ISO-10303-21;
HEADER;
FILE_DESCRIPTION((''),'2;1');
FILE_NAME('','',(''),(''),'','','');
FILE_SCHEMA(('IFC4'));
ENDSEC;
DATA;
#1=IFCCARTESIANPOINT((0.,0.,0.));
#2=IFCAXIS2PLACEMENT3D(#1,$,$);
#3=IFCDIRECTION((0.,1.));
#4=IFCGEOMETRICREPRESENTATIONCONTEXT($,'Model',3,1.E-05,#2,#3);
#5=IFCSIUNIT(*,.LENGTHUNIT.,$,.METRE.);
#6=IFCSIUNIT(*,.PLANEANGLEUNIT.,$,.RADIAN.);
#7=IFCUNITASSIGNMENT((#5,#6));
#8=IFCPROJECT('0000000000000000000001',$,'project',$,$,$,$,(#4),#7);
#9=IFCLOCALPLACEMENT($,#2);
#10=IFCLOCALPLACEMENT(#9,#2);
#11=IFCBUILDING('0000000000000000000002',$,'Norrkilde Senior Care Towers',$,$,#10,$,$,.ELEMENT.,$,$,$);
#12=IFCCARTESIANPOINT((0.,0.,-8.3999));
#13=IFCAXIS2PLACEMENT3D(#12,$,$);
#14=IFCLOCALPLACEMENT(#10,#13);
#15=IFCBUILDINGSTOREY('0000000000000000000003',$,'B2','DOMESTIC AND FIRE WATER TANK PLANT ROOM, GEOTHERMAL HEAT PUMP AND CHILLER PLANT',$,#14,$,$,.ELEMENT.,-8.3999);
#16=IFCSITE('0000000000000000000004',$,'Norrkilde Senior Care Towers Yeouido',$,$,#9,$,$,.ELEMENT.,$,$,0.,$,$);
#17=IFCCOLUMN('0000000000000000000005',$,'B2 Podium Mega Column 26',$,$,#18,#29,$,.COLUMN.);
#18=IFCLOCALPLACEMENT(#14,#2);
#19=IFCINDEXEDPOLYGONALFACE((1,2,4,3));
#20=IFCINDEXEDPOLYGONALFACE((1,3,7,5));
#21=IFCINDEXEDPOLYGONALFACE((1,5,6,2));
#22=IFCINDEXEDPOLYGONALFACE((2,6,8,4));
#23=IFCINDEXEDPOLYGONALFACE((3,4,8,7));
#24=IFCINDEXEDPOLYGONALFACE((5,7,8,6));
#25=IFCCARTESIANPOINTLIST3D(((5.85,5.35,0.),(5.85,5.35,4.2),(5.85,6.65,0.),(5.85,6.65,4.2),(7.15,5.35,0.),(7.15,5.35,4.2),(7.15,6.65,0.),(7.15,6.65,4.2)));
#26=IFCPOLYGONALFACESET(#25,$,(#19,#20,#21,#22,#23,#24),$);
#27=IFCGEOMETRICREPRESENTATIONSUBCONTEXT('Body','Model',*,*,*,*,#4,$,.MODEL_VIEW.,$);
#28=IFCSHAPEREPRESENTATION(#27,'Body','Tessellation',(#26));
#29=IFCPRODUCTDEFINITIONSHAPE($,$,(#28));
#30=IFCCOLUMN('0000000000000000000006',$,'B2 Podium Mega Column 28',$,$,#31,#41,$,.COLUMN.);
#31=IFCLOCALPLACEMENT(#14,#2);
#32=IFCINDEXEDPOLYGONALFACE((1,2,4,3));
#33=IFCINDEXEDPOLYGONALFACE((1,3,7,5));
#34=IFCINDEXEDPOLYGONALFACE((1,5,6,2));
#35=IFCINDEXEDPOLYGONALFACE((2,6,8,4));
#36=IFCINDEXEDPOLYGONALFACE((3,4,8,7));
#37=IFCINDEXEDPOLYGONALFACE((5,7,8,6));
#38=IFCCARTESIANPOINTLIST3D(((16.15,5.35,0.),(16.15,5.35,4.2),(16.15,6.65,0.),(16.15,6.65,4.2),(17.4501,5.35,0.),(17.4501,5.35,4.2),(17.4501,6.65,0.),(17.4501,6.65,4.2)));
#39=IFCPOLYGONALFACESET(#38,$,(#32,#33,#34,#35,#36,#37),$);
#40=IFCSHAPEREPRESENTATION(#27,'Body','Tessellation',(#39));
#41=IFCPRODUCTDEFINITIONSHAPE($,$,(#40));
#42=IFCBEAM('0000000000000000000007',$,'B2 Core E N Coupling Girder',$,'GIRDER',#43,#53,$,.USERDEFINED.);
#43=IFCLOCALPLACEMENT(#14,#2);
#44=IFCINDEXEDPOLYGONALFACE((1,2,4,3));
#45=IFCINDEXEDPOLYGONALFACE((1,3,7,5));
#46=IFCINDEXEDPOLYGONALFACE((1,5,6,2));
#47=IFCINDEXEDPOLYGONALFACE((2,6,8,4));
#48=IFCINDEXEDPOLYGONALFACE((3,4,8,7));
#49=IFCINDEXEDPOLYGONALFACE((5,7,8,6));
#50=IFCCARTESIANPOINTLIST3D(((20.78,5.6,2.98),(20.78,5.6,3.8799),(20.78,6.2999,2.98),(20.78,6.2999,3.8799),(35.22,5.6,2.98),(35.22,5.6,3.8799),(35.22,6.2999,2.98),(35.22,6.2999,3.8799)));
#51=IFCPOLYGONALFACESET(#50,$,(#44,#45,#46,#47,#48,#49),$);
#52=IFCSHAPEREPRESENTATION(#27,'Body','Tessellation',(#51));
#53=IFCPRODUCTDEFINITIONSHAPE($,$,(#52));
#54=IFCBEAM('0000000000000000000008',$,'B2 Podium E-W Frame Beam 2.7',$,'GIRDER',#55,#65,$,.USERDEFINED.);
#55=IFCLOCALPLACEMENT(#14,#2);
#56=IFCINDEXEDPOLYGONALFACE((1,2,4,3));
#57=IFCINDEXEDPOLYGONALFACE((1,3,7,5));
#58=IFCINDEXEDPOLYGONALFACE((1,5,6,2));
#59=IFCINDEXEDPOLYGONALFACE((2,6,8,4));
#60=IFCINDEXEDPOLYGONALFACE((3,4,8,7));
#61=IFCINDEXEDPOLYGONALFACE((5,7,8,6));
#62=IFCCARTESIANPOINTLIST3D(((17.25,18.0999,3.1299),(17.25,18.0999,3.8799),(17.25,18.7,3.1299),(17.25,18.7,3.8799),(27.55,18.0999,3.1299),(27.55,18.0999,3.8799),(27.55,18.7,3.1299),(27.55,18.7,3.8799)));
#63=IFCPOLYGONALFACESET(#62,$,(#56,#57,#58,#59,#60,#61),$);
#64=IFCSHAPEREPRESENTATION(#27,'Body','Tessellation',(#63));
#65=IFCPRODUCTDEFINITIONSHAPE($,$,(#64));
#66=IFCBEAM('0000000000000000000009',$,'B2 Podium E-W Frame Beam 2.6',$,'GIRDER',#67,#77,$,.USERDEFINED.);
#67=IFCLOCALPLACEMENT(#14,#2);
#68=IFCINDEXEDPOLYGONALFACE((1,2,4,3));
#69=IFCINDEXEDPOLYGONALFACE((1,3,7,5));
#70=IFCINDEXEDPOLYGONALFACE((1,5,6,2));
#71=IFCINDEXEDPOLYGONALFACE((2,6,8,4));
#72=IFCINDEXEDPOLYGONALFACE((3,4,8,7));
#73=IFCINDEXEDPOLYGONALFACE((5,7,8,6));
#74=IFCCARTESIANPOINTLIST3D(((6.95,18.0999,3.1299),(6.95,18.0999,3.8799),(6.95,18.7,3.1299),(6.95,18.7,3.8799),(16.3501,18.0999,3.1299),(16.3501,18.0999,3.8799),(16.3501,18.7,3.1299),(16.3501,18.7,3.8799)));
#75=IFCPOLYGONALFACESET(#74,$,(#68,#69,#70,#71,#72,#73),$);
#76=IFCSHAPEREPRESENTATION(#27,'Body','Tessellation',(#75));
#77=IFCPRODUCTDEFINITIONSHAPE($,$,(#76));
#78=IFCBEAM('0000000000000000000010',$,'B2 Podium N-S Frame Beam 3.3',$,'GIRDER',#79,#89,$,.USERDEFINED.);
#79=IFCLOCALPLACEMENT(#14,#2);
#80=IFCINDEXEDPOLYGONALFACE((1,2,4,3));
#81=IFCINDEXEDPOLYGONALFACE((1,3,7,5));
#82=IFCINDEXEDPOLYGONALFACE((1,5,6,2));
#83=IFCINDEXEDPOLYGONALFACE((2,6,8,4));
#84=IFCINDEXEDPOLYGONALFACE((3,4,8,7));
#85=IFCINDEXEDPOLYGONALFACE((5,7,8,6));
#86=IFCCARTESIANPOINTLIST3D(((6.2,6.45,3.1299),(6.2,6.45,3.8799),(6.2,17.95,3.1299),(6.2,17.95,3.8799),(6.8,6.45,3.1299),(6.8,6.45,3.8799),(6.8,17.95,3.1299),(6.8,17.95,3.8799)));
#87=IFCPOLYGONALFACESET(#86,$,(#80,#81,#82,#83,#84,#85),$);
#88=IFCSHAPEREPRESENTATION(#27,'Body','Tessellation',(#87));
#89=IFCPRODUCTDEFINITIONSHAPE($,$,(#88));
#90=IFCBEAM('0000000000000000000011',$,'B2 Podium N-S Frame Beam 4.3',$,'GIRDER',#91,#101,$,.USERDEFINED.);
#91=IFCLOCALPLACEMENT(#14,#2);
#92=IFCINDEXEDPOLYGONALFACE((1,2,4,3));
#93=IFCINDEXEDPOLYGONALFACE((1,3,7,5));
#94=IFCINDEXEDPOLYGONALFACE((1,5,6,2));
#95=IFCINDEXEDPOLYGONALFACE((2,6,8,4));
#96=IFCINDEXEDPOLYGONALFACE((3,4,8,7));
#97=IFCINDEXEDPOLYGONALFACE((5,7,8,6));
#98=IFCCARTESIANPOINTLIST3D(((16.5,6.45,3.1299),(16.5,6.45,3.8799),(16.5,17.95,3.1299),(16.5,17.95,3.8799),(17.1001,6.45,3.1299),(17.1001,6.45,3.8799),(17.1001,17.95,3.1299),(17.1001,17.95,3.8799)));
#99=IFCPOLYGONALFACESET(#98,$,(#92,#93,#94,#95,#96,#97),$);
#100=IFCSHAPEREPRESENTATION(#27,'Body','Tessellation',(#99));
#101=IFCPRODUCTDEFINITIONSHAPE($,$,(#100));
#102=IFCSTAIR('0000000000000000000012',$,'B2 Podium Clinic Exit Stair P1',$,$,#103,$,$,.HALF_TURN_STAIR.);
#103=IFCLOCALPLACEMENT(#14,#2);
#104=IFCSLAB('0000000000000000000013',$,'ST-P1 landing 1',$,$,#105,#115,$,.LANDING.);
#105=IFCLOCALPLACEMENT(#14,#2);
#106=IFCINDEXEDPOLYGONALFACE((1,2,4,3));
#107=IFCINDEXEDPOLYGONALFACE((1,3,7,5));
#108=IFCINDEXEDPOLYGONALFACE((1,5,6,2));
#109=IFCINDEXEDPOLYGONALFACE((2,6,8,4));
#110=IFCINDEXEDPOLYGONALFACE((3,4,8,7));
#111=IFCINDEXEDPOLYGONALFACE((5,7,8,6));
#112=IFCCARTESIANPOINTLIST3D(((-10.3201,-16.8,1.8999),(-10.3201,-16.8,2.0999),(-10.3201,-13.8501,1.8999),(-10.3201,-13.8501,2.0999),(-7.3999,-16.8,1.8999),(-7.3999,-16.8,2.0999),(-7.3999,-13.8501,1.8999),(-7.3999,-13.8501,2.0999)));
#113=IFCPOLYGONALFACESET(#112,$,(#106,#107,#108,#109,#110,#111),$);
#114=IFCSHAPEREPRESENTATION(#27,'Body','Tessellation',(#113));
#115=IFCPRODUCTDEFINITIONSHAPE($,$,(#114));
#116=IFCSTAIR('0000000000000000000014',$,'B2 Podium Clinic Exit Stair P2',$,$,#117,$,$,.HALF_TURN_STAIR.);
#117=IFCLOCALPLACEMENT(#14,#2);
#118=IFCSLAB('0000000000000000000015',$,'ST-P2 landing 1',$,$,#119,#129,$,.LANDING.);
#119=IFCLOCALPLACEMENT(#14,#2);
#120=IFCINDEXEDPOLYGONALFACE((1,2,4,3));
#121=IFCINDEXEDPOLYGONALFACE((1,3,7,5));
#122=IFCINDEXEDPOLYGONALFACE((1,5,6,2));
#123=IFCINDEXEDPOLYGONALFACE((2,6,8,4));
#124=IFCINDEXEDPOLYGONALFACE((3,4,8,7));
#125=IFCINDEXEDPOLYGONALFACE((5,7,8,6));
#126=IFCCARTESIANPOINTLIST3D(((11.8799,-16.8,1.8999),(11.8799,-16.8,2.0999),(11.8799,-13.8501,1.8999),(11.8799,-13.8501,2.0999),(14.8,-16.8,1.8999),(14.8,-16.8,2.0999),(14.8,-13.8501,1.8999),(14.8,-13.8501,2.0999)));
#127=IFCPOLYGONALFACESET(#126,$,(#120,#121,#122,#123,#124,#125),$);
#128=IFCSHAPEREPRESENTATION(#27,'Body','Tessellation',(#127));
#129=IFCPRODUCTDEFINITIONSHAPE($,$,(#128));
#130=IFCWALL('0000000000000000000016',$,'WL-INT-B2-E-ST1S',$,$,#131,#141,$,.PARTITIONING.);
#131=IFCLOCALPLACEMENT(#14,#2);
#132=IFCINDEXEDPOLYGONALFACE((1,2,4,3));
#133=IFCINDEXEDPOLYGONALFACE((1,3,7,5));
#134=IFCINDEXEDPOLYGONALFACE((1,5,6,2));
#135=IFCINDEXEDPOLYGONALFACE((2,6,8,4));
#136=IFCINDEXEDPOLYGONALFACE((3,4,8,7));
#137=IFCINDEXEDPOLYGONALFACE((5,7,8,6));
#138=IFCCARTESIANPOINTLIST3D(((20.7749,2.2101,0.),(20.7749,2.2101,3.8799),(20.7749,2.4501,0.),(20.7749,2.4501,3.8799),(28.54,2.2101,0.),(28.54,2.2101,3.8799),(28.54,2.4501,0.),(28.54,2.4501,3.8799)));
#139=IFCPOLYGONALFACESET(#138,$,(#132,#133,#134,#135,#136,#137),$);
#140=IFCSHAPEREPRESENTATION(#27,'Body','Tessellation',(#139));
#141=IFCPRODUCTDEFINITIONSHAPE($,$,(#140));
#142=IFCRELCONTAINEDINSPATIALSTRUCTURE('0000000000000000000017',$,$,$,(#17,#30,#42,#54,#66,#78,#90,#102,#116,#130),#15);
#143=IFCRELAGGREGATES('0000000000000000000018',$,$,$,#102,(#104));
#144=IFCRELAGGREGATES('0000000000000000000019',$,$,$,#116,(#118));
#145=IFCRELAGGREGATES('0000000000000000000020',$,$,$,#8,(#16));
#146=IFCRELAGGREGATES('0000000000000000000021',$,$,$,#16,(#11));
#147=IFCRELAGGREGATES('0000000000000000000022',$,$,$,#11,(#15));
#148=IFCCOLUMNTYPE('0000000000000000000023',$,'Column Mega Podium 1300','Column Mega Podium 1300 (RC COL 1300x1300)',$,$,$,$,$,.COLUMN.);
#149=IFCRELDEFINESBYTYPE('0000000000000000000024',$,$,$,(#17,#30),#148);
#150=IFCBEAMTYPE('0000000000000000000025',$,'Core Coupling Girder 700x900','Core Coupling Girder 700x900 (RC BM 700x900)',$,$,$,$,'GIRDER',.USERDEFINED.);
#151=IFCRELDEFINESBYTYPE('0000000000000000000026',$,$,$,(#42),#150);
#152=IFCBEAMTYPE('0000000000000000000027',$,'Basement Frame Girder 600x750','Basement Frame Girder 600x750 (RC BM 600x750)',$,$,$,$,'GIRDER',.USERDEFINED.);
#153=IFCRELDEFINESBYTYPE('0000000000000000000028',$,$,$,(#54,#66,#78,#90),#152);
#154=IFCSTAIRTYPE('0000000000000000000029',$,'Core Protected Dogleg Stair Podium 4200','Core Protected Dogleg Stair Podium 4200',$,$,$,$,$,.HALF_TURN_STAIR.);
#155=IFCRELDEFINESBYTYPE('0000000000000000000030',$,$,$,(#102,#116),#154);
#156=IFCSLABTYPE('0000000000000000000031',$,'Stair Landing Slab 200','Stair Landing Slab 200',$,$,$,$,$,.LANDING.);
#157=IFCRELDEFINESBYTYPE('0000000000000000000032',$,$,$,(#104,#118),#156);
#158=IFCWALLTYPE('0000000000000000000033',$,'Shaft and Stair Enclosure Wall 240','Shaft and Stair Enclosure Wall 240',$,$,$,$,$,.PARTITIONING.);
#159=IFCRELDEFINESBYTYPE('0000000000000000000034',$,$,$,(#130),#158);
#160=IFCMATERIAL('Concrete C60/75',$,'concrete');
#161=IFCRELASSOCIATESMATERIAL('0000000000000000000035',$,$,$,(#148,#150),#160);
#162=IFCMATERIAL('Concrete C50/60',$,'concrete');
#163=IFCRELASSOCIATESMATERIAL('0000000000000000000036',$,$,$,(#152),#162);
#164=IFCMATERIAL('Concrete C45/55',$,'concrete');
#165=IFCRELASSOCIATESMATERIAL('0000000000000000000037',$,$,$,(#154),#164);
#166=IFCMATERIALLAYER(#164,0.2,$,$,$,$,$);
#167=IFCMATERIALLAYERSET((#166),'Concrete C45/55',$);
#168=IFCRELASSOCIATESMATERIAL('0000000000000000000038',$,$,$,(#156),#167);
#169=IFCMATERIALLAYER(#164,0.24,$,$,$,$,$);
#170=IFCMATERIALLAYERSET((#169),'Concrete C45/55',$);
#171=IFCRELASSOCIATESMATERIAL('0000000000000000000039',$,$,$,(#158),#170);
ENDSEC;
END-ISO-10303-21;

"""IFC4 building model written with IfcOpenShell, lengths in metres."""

from ifc_helpers import new_model, si_unit, direction, frame, frame_2d, origin, origin_2d, place, context, subcontext, project, spatial, polyline, rectangle, outline, extrude, source, transform, mapped, material, layer, layer_set, material_profile, profile_set, type_object, type_shapes, element, aggregate, save


model = new_model("IFC4")

# Units and contexts
model_context = context("Model", 3, precision=1e-05, world=origin(), true_north=direction((0.0, 1.0)))
body_context = subcontext(model_context, "Body", "Model", "MODEL_VIEW")
ifc_project = project(units=[si_unit("LENGTHUNIT", "METRE"), si_unit("PLANEANGLEUNIT", "RADIAN")], contexts=[model_context])

# Site, building, storey
site_placement = place(None, origin())
site = spatial("IfcSite", under=ifc_project, at=site_placement, Name="Norrkilde Senior Care Towers Yeouido", CompositionType="ELEMENT", RefElevation=0.0)
building_placement = place(site_placement, origin())
building = spatial("IfcBuilding", under=site, at=building_placement, Name="Norrkilde Senior Care Towers", CompositionType="ELEMENT")
storey_placement = place(building_placement, frame((0.0, 0.0, -8.3999)))
storey = spatial("IfcBuildingStorey", under=building, at=storey_placement, Name="B2", Description="DOMESTIC AND FIRE WATER TANK PLANT ROOM, GEOTHERMAL HEAT PUMP AND CHILLER PLANT", CompositionType="ELEMENT", Elevation=-8.3999)

# Shared definitions
ifc_material_1 = material(Name="Concrete C45/55", Category="concrete")

# Columns
ifc_material_2 = material(Name="Concrete C60/75", Category="concrete")
ifc_material_profile_1 = material_profile(ifc_material_2, rectangle(XDim=1.3, YDim=1.3, at=origin_2d()), Name="RC COL 1300x1300")
ifc_profile_set_1 = profile_set([ifc_material_profile_1], Name="Concrete C60/75")
column_type_1 = type_object("IfcColumnType", Name="Column Mega Podium 1300", Description="Column Mega Podium 1300 (RC COL 1300x1300)", PredefinedType="COLUMN", material=ifc_profile_set_1)
shared_shape_1 = source(origin(), body_context, "Body", "SweptSolid", [
    extrude(rectangle(XDim=1.3, YDim=1.3, at=origin_2d()), origin(), (0.0, 0.0, 1.0), 4.2),
])
type_shapes(column_type_1, [shared_shape_1])
for number, where, z_axis, x_axis, name in (
    (1, (6.5, 6.0, 0.0), (0.0, 0.0, 1.0), (1.0, 0.0, 0.0), "B2 Podium Mega Column 26"),
    (2, (16.8, 6.0, 0.0), (0.0, 0.0, 1.0), (1.0, 0.0, 0.0), "B2 Podium Mega Column 28"),
):
    element("IfcColumn", number, at=place(storey_placement, frame(where, z_axis=z_axis, x_axis=x_axis)), inside=storey, type_object=column_type_1, Name=name, PredefinedType="COLUMN", context=body_context, shape_type="MappedRepresentation", body=[
        mapped(shared_shape_1, transform((0.0, 0.0, 0.0), x_axis=(1.0, 0.0, 0.0), y_axis=(0.0, 1.0, 0.0), z_axis=(0.0, 0.0, 1.0), scale=1.0)),
    ])

# Beams
ifc_material_profile_2 = material_profile(ifc_material_2, rectangle(XDim=0.7, YDim=0.8999, at=origin_2d()), Name="RC BM 700x900")
ifc_profile_set_2 = profile_set([ifc_material_profile_2], Name="Concrete C60/75")
beam_type_1 = type_object("IfcBeamType", Name="Core Coupling Girder 700x900", Description="Core Coupling Girder 700x900 (RC BM 700x900)", ElementType="GIRDER", PredefinedType="USERDEFINED", material=ifc_profile_set_2)
shared_shape_2 = source(origin(), body_context, "Body", "SweptSolid", [
    extrude(rectangle(XDim=0.7, YDim=0.8999, at=origin_2d()), origin(), (0.0, 0.0, 1.0), 14.4399),
])
type_shapes(beam_type_1, [shared_shape_2])
beam_1_placement = place(storey_placement, frame((20.78, 5.95, 3.4299), z_axis=(1.0, 0.0, 0.0), x_axis=(0.0, 1.0, 0.0)))
element("IfcBeam", 3, at=beam_1_placement, inside=storey, type_object=beam_type_1, Name="B2 Core E N Coupling Girder", ObjectType="GIRDER", PredefinedType="USERDEFINED", context=body_context, shape_type="MappedRepresentation", body=[
    mapped(shared_shape_2, transform((0.0, 0.0, 0.0), x_axis=(1.0, 0.0, 0.0), y_axis=(0.0, 1.0, 0.0), z_axis=(0.0, 0.0, 1.0), scale=1.0)),
])
ifc_material_3 = material(Name="Concrete C50/60", Category="concrete")
ifc_material_profile_3 = material_profile(ifc_material_3, rectangle(XDim=0.6001, YDim=0.75, at=origin_2d()), Name="RC BM 600x750")
ifc_profile_set_3 = profile_set([ifc_material_profile_3], Name="Concrete C50/60")
beam_type_2 = type_object("IfcBeamType", Name="Basement Frame Girder 600x750", Description="Basement Frame Girder 600x750 (RC BM 600x750)", ElementType="GIRDER", PredefinedType="USERDEFINED", material=ifc_profile_set_3)
shared_shape_3 = source(origin(), body_context, "Body", "SweptSolid", [
    extrude(rectangle(XDim=0.6001, YDim=0.75, at=origin_2d()), origin(), (0.0, 0.0, 1.0), 10.3),
])
beam_2_placement = place(storey_placement, frame((17.25, 18.3999, 3.5049), z_axis=(1.0, 0.0, 0.0), x_axis=(0.0, 1.0, 0.0)))
element("IfcBeam", 4, at=beam_2_placement, inside=storey, type_object=beam_type_2, Name="B2 Podium E-W Frame Beam 2.7", ObjectType="GIRDER", PredefinedType="USERDEFINED", context=body_context, shape_type="MappedRepresentation", body=[
    mapped(shared_shape_3, transform((0.0, 0.0, 0.0), x_axis=(1.0, 0.0, 0.0), y_axis=(0.0, 1.0, 0.0), z_axis=(0.0, 0.0, 1.0), scale=1.0)),
])
shared_shape_4 = source(origin(), body_context, "Body", "SweptSolid", [
    extrude(rectangle(XDim=0.6001, YDim=0.75, at=origin_2d()), origin(), (0.0, 0.0, 1.0), 9.4001),
])
beam_3_placement = place(storey_placement, frame((6.95, 18.3999, 3.5049), z_axis=(1.0, 0.0, 0.0), x_axis=(0.0, 1.0, 0.0)))
element("IfcBeam", 5, at=beam_3_placement, inside=storey, type_object=beam_type_2, Name="B2 Podium E-W Frame Beam 2.6", ObjectType="GIRDER", PredefinedType="USERDEFINED", context=body_context, shape_type="MappedRepresentation", body=[
    mapped(shared_shape_4, transform((0.0, 0.0, 0.0), x_axis=(1.0, 0.0, 0.0), y_axis=(0.0, 1.0, 0.0), z_axis=(0.0, 0.0, 1.0), scale=1.0)),
])
shared_shape_5 = source(origin(), body_context, "Body", "SweptSolid", [
    extrude(rectangle(XDim=0.6001, YDim=0.75, at=origin_2d()), origin(), (0.0, 0.0, 1.0), 11.5),
])
type_shapes(beam_type_2, [shared_shape_3, shared_shape_4, shared_shape_5])
for number, where, z_axis, x_axis, name in (
    (6, (6.5, 6.45, 3.5049), (0.0, 1.0, 0.0), (-1.0, 0.0, 0.0), "B2 Podium N-S Frame Beam 3.3"),
    (7, (16.8, 6.45, 3.5049), (0.0, 1.0, 0.0), (-1.0, 0.0, 0.0), "B2 Podium N-S Frame Beam 4.3"),
):
    element("IfcBeam", number, at=place(storey_placement, frame(where, z_axis=z_axis, x_axis=x_axis)), inside=storey, type_object=beam_type_2, Name=name, ObjectType="GIRDER", PredefinedType="USERDEFINED", context=body_context, shape_type="MappedRepresentation", body=[
        mapped(shared_shape_5, transform((0.0, 0.0, 0.0), x_axis=(1.0, 0.0, 0.0), y_axis=(0.0, 1.0, 0.0), z_axis=(0.0, 0.0, 1.0), scale=1.0)),
    ])

# Stairs, slabs
stair_type = type_object("IfcStairType", Name="Core Protected Dogleg Stair Podium 4200", Description="Core Protected Dogleg Stair Podium 4200", PredefinedType="HALF_TURN_STAIR", material=ifc_material_1)
stair_1_placement = place(storey_placement, origin())
stair_1 = element("IfcStair", 8, at=stair_1_placement, inside=storey, type_object=stair_type, Name="B2 Podium Clinic Exit Stair P1", PredefinedType="HALF_TURN_STAIR")
ifc_layer_1 = layer(ifc_material_1, 0.2)
ifc_layer_set_1 = layer_set([ifc_layer_1], Name="Concrete C45/55")
slab_type = type_object("IfcSlabType", Name="Stair Landing Slab 200", Description="Stair Landing Slab 200", PredefinedType="LANDING", material=ifc_layer_set_1)
slab_1_placement = place(storey_placement, frame((0.0, 0.0, 1.8999)))
slab_1 = element("IfcSlab", 9, at=slab_1_placement, type_object=slab_type, Name="ST-P1 landing 1", PredefinedType="LANDING", context=body_context, shape_type="SweptSolid", body=[
    extrude(outline(polyline([(-10.3201, -16.8), (-7.3999, -16.8), (-7.3999, -13.8501), (-10.3201, -13.8501), (-10.3201, -16.8)])), origin(), (0.0, 0.0, 1.0), 0.2),
])
aggregate(stair_1, [slab_1])
stair_2_placement = place(storey_placement, origin())
stair_2 = element("IfcStair", 10, at=stair_2_placement, inside=storey, type_object=stair_type, Name="B2 Podium Clinic Exit Stair P2", PredefinedType="HALF_TURN_STAIR")
slab_2_placement = place(storey_placement, frame((0.0, 0.0, 1.8999)))
slab_2 = element("IfcSlab", 11, at=slab_2_placement, type_object=slab_type, Name="ST-P2 landing 1", PredefinedType="LANDING", context=body_context, shape_type="SweptSolid", body=[
    extrude(outline(polyline([(11.8799, -16.8), (14.8, -16.8), (14.8, -13.8501), (11.8799, -13.8501), (11.8799, -16.8)])), origin(), (0.0, 0.0, 1.0), 0.2),
])
aggregate(stair_2, [slab_2])

# Wall
ifc_layer_2 = layer(ifc_material_1, 0.24)
ifc_layer_set_2 = layer_set([ifc_layer_2], Name="Concrete C45/55")
wall_type = type_object("IfcWallType", Name="Shaft and Stair Enclosure Wall 240", Description="Shaft and Stair Enclosure Wall 240", PredefinedType="PARTITIONING", material=ifc_layer_set_2)
shared_shape_6 = source(origin(), body_context, "Body", "SweptSolid", [
    extrude(rectangle(XDim=7.7651, YDim=0.24, at=frame_2d((3.8826, 0.0))), origin(), (0.0, 0.0, 1.0), 3.8799),
])
type_shapes(wall_type, [shared_shape_6])
wall_placement = place(storey_placement, frame((20.7749, 2.3301, 0.0), z_axis=(0.0, 0.0, 1.0), x_axis=(1.0, 0.0, 0.0)))
element("IfcWall", 12, at=wall_placement, inside=storey, type_object=wall_type, Name="WL-INT-B2-E-ST1S", PredefinedType="PARTITIONING", context=body_context, shape_type="MappedRepresentation", body=[
    mapped(shared_shape_6, transform((0.0, 0.0, 0.0), x_axis=(1.0, 0.0, 0.0), y_axis=(0.0, 1.0, 0.0), z_axis=(0.0, 0.0, 1.0), scale=1.0)),
])

save(model, "model.ifc")
